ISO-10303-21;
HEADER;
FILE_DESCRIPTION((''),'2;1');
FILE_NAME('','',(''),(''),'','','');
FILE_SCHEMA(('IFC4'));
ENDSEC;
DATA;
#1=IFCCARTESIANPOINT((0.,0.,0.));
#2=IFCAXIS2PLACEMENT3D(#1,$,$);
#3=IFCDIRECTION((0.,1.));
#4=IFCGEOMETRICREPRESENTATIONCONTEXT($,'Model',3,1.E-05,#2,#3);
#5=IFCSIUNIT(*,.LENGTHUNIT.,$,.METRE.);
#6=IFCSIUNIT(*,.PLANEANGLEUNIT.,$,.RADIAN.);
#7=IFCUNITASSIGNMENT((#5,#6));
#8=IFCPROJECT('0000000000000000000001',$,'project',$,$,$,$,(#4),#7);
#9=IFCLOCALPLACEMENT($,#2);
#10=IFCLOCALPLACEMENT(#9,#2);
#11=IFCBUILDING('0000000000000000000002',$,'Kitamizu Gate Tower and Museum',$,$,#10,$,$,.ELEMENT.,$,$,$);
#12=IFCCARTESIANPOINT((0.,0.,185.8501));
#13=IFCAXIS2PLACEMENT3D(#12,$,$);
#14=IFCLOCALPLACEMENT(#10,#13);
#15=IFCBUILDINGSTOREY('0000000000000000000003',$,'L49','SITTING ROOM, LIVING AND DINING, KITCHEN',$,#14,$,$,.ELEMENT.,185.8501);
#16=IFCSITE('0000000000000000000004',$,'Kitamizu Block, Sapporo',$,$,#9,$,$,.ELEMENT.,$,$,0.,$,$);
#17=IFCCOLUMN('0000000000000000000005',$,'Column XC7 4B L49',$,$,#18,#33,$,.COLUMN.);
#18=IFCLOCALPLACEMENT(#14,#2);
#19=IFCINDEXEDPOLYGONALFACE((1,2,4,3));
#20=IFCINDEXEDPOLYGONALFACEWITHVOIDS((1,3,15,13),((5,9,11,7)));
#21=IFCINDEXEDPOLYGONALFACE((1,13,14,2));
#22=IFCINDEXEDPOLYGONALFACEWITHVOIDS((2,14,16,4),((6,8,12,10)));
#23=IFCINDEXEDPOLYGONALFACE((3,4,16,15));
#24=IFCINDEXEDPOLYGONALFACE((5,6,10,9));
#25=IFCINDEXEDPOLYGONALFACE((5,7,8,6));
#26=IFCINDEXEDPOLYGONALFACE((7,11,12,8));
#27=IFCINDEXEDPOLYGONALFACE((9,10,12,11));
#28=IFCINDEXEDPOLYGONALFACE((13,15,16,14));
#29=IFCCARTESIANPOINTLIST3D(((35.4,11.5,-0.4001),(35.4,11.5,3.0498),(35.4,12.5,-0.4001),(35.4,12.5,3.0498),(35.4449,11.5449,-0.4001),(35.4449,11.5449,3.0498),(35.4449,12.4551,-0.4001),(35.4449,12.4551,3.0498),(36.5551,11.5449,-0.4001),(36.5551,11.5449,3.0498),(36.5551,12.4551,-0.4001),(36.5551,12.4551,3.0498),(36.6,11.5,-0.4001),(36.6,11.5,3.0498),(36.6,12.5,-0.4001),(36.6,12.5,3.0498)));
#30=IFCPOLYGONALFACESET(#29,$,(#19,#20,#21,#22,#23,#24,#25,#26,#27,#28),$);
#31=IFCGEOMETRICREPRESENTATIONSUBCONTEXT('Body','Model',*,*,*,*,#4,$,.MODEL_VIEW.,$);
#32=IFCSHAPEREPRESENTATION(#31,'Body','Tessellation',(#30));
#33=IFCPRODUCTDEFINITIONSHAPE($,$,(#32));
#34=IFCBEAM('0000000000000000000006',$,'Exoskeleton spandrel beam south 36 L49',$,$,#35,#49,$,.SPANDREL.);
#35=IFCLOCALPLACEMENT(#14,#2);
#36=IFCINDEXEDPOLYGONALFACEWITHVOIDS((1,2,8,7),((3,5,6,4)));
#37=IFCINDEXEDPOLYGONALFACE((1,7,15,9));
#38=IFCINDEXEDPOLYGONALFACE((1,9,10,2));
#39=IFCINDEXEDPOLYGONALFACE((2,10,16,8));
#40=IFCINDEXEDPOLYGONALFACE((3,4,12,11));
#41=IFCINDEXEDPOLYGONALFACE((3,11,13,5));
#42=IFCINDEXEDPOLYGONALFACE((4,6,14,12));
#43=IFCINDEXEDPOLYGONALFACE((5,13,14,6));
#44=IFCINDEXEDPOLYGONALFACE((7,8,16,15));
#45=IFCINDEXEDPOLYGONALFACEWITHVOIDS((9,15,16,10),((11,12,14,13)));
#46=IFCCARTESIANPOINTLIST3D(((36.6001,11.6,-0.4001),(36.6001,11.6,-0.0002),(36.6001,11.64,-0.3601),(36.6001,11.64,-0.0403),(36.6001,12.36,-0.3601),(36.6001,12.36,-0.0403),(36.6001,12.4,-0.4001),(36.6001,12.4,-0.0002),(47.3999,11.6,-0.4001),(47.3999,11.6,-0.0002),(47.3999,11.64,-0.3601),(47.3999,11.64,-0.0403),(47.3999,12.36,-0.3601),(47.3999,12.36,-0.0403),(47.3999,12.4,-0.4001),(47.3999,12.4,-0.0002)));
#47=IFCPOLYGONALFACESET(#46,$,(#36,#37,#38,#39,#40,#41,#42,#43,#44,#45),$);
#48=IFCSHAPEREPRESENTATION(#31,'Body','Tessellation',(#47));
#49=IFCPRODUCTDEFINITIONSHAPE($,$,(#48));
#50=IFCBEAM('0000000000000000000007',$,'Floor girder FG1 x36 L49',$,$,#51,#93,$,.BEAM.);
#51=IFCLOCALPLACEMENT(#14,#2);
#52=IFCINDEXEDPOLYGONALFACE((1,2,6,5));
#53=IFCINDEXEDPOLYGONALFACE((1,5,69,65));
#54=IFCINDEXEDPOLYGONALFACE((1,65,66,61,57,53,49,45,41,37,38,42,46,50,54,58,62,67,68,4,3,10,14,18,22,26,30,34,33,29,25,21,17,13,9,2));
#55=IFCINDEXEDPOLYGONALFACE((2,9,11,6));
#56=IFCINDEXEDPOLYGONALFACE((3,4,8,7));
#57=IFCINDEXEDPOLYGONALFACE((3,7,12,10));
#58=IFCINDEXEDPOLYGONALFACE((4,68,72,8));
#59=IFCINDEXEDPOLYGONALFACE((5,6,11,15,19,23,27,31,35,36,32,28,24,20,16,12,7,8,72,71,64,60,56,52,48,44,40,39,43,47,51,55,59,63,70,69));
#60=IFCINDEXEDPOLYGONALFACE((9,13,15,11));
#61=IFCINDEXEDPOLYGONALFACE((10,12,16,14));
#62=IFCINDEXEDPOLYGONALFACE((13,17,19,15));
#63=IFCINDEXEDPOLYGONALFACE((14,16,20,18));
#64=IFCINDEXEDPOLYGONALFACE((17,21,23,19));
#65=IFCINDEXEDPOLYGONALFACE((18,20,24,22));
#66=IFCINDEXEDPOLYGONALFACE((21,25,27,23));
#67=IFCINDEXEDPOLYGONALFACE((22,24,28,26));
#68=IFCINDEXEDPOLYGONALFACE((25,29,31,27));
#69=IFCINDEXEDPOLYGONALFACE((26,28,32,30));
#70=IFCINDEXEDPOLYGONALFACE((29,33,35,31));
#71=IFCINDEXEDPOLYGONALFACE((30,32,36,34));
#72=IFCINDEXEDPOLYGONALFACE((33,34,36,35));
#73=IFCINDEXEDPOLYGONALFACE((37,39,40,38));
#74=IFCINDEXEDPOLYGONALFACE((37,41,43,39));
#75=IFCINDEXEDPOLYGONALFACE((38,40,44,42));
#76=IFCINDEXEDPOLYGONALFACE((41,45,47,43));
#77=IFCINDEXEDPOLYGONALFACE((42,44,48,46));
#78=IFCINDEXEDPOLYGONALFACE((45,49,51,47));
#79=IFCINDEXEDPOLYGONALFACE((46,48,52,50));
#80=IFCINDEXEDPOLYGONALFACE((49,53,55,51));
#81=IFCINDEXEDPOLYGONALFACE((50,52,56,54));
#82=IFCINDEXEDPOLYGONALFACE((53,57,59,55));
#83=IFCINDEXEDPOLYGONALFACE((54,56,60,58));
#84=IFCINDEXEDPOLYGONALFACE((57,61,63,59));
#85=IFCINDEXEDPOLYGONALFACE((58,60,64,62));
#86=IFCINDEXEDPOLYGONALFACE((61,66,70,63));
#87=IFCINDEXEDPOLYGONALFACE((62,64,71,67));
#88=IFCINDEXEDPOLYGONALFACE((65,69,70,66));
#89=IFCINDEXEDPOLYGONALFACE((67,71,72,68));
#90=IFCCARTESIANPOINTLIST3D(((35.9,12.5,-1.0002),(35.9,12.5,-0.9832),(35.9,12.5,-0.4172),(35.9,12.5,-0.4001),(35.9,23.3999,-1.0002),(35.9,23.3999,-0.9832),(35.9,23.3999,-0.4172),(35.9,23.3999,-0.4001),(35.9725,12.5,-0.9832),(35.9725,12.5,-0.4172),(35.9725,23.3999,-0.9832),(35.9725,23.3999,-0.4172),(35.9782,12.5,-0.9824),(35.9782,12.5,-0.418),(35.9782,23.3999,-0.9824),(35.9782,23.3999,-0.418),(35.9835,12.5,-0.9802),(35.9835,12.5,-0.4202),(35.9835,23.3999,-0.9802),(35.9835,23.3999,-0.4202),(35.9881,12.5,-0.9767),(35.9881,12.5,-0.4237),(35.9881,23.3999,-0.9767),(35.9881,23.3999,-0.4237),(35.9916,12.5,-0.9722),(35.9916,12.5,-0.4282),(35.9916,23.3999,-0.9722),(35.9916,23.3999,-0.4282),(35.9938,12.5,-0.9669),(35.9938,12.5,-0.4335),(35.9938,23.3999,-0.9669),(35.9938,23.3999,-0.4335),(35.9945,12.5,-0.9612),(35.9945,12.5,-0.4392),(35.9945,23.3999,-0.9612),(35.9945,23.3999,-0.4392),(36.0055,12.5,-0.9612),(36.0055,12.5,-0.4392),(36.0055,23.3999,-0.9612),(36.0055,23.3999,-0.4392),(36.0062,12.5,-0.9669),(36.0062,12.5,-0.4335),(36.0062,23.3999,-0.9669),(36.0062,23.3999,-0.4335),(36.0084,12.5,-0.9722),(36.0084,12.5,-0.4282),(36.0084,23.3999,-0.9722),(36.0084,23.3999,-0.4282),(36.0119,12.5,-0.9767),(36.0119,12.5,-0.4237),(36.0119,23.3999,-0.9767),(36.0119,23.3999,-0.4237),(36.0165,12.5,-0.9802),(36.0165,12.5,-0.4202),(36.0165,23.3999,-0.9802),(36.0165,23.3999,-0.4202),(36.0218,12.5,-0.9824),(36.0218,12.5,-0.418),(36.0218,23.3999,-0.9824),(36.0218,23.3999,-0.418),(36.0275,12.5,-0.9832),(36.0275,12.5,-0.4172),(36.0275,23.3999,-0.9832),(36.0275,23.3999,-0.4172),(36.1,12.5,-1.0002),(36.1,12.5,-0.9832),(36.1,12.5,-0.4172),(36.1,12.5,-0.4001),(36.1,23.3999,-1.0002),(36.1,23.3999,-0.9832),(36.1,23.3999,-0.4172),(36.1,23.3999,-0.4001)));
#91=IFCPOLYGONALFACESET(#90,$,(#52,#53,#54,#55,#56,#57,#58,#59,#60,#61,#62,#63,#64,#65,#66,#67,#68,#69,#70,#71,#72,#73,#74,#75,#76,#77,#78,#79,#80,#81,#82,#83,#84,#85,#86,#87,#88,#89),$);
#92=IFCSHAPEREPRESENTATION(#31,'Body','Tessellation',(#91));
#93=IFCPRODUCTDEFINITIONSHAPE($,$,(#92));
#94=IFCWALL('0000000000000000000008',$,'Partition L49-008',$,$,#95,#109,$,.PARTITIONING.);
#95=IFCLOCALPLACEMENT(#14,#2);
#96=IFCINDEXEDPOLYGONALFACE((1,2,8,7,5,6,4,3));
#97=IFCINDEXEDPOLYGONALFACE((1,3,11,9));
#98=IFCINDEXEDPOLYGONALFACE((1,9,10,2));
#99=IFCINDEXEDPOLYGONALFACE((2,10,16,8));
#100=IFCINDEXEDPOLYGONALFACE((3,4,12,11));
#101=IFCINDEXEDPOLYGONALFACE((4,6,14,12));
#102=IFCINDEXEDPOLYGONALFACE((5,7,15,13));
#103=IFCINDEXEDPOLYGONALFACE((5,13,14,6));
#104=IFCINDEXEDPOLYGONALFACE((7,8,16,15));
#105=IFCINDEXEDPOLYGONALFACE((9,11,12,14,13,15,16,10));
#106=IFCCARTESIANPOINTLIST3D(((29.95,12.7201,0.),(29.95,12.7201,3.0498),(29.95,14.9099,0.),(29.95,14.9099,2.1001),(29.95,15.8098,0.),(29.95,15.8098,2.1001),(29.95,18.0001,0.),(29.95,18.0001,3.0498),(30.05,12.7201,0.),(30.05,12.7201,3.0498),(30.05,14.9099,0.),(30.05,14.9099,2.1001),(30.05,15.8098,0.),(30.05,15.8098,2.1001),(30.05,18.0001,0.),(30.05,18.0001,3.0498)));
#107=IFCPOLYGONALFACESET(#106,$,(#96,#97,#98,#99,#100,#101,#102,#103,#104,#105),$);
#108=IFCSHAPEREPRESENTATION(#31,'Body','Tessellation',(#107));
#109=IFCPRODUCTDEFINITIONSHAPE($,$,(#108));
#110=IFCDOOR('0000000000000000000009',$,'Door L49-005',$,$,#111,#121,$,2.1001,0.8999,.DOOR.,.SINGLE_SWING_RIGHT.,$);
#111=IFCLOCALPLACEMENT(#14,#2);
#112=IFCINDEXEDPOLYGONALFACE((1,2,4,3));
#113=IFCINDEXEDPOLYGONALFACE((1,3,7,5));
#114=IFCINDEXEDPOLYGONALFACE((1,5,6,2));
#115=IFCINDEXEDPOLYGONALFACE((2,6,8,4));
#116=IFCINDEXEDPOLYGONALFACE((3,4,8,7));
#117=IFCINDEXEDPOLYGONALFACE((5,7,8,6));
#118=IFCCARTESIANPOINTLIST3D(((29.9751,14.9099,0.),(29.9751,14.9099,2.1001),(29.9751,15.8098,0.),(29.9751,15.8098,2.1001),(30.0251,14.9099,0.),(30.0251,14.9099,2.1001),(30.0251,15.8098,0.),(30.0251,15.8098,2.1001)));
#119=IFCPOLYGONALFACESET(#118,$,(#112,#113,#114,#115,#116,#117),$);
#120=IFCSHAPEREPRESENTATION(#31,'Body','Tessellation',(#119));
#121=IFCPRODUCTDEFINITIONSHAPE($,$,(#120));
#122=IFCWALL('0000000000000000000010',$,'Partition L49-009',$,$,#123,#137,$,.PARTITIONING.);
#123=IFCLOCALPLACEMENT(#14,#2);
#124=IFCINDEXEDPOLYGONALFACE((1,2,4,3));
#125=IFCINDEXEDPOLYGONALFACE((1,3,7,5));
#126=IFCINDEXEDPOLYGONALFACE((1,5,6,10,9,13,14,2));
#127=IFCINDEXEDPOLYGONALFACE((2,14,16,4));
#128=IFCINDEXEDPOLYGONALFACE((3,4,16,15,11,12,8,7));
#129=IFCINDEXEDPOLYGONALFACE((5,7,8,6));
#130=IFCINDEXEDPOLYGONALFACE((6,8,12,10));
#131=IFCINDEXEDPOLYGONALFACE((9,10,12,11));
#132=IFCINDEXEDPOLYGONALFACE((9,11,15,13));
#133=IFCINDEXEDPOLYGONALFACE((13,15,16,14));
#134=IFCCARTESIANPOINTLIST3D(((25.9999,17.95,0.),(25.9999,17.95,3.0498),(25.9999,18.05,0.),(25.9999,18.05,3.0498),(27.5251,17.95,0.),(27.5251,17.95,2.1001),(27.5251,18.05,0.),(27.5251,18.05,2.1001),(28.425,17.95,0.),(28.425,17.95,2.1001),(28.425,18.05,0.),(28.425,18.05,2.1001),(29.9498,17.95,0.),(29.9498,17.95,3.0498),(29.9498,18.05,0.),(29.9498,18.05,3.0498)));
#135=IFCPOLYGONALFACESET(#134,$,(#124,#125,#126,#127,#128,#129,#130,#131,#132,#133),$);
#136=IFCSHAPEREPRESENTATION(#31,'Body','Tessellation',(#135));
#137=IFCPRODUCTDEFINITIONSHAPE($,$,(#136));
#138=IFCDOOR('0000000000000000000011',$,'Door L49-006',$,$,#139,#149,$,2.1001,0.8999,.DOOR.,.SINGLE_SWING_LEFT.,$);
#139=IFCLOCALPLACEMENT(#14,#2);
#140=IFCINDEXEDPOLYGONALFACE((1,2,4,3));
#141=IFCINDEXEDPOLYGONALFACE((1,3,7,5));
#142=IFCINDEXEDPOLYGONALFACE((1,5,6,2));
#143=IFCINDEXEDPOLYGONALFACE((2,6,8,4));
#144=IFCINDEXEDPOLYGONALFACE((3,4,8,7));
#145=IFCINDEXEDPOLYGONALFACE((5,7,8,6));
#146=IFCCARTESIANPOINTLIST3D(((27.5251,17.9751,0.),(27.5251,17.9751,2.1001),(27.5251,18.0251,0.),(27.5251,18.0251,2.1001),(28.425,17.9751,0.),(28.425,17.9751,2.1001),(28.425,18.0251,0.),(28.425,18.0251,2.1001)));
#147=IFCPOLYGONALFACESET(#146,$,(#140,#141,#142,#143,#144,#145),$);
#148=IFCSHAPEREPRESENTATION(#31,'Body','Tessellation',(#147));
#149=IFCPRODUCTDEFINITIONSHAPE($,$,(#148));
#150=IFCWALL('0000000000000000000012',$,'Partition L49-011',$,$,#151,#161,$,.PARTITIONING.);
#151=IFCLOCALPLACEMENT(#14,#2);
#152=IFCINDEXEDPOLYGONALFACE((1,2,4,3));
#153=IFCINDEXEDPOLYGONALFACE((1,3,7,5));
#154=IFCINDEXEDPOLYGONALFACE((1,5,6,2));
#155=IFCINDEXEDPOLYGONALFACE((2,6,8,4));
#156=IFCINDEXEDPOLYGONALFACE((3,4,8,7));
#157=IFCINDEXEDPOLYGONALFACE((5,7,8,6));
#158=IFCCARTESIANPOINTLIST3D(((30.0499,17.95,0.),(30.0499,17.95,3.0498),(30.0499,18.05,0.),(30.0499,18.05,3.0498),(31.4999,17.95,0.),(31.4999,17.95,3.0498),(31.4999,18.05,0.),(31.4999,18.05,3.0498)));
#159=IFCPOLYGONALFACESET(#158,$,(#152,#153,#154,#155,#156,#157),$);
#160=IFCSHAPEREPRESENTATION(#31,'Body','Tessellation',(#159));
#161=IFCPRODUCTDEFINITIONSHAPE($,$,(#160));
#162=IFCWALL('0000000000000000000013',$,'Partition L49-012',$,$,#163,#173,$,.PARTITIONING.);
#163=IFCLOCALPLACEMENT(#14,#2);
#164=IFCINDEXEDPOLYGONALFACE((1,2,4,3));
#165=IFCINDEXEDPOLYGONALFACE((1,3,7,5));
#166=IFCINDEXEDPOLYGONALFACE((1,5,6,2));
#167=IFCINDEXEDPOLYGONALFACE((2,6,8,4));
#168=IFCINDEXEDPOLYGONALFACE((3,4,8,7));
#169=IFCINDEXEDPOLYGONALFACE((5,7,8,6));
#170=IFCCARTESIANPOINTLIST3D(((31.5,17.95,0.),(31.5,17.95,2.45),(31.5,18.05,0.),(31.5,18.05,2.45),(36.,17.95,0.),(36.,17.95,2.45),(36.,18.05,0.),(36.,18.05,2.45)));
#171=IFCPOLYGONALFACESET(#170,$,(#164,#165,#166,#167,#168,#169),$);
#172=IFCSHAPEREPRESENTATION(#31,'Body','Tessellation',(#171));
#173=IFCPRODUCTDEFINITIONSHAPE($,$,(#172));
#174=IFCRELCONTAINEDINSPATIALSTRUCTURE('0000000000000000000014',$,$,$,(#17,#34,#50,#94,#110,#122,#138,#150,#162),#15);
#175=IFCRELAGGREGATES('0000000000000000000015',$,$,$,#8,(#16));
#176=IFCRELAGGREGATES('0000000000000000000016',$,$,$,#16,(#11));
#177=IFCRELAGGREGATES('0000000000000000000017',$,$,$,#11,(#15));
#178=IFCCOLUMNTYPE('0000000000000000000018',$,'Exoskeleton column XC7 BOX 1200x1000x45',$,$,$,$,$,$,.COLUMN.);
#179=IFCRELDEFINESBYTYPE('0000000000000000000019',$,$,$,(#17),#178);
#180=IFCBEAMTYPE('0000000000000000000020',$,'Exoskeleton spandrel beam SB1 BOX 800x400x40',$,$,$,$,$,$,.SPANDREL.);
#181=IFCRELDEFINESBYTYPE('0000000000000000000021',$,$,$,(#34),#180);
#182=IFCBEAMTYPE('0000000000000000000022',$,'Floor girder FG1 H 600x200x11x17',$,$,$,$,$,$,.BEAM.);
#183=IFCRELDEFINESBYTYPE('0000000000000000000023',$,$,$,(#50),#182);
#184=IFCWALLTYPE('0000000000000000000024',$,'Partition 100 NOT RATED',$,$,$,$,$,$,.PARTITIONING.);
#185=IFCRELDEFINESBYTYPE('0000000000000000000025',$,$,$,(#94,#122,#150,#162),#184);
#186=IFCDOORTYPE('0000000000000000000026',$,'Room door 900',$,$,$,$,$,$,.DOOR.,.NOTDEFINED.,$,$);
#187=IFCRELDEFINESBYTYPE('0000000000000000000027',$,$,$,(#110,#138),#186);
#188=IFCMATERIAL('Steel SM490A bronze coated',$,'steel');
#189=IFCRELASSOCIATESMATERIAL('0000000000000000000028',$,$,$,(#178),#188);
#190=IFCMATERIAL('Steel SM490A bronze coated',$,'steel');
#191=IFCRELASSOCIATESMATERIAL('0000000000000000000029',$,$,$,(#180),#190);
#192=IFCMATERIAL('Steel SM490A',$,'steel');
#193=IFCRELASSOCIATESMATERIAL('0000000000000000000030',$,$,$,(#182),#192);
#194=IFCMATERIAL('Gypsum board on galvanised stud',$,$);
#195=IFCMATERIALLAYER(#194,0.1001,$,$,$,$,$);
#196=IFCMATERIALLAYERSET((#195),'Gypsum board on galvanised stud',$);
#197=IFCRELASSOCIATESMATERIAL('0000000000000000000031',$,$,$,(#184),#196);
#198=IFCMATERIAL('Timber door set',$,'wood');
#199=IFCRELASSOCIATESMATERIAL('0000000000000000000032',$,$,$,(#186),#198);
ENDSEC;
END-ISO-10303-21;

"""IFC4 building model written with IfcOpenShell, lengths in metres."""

from ifc_helpers import new_model, si_unit, direction, frame, frame_2d, origin, origin_2d, place, context, subcontext, project, spatial, rectangle, hollow_rectangle, i_section, extrude, material, layer, layer_set, material_profile, profile_set, type_object, element, fill, save


model = new_model("IFC4")

# Units and contexts
model_context = context("Model", 3, precision=1e-05, world=origin(), true_north=direction((0.0, 1.0)))
body_context = subcontext(model_context, "Body", "Model", "MODEL_VIEW")
ifc_project = project(units=[si_unit("LENGTHUNIT", "METRE"), si_unit("PLANEANGLEUNIT", "RADIAN")], contexts=[model_context])

# Site, building, storey
site_placement = place(None, origin())
site = spatial("IfcSite", under=ifc_project, at=site_placement, Name="Kitamizu Block, Sapporo", CompositionType="ELEMENT", RefElevation=0.0)
building_placement = place(site_placement, origin())
building = spatial("IfcBuilding", under=site, at=building_placement, Name="Kitamizu Gate Tower and Museum", CompositionType="ELEMENT")
storey_placement = place(building_placement, frame((0.0, 0.0, 185.8501)))
storey = spatial("IfcBuildingStorey", under=building, at=storey_placement, Name="L49", Description="SITTING ROOM, LIVING AND DINING, KITCHEN", CompositionType="ELEMENT", Elevation=185.8501)

# Column
ifc_material_1 = material(Name="Steel SM490A bronze coated", Category="steel")
ifc_material_profile_1 = material_profile(ifc_material_1, hollow_rectangle(XDim=1.2, YDim=1.0, WallThickness=0.0449, at=origin_2d()), Name="BOX 1200x1000x45")
ifc_profile_set_1 = profile_set([ifc_material_profile_1], Name="Steel SM490A bronze coated")
column_type = type_object("IfcColumnType", Name="Exoskeleton column XC7 BOX 1200x1000x45", PredefinedType="COLUMN", material=ifc_profile_set_1)
column_placement = place(storey_placement, frame((36.0, 12.0, -0.4001), z_axis=(0.0, 0.0, 1.0), x_axis=(1.0, 0.0, 0.0)))
element("IfcColumn", 1, at=column_placement, inside=storey, type_object=column_type, Name="Column XC7 4B L49", PredefinedType="COLUMN", context=body_context, shape_type="SweptSolid", body=[
    extrude(hollow_rectangle(XDim=1.2, YDim=1.0, WallThickness=0.0449, at=origin_2d()), origin(), (0.0, 0.0, 1.0), 3.45),
])

# Beams
ifc_material_2 = material(Name="Steel SM490A bronze coated", Category="steel")
ifc_material_profile_2 = material_profile(ifc_material_2, hollow_rectangle(XDim=0.8, YDim=0.3999, WallThickness=0.04, at=origin_2d()), Name="BOX 800x400x40")
ifc_profile_set_2 = profile_set([ifc_material_profile_2], Name="Steel SM490A bronze coated")
beam_type_1 = type_object("IfcBeamType", Name="Exoskeleton spandrel beam SB1 BOX 800x400x40", PredefinedType="SPANDREL", material=ifc_profile_set_2)
beam_1_placement = place(storey_placement, frame((36.6001, 12.0, -0.2002), z_axis=(1.0, 0.0, 0.0), x_axis=(0.0, 1.0, 0.0)))
element("IfcBeam", 2, at=beam_1_placement, inside=storey, type_object=beam_type_1, Name="Exoskeleton spandrel beam south 36 L49", PredefinedType="SPANDREL", context=body_context, shape_type="SweptSolid", body=[
    extrude(hollow_rectangle(XDim=0.8, YDim=0.3999, WallThickness=0.04, at=origin_2d()), origin(), (0.0, 0.0, 1.0), 10.7998),
])
ifc_material_3 = material(Name="Steel SM490A", Category="steel")
ifc_material_profile_3 = material_profile(ifc_material_3, i_section(OverallWidth=0.2, OverallDepth=0.6001, WebThickness=0.011, FlangeThickness=0.0171, FilletRadius=0.022, at=origin_2d()), Name="H-600x200x11x17")
ifc_profile_set_3 = profile_set([ifc_material_profile_3], Name="Steel SM490A")
beam_type_2 = type_object("IfcBeamType", Name="Floor girder FG1 H 600x200x11x17", PredefinedType="BEAM", material=ifc_profile_set_3)
beam_2_placement = place(storey_placement, frame((36.0, 12.5, -0.7002), z_axis=(0.0, 1.0, 0.0), x_axis=(-1.0, 0.0, 0.0)))
element("IfcBeam", 3, at=beam_2_placement, inside=storey, type_object=beam_type_2, Name="Floor girder FG1 x36 L49", PredefinedType="BEAM", context=body_context, shape_type="SweptSolid", body=[
    extrude(i_section(OverallWidth=0.2, OverallDepth=0.6001, WebThickness=0.011, FlangeThickness=0.0171, FilletRadius=0.022, at=origin_2d()), origin(), (0.0, 0.0, 1.0), 10.8999),
])

# Walls, openings, doors
ifc_material_4 = material(Name="Gypsum board on galvanised stud")
ifc_layer_1 = layer(ifc_material_4, 0.1001)
ifc_layer_set_1 = layer_set([ifc_layer_1], Name="Gypsum board on galvanised stud")
wall_type_1 = type_object("IfcWallType", Name="Partition 100 NOT RATED", PredefinedType="PARTITIONING", material=ifc_layer_set_1)
wall_1_placement = place(storey_placement, frame((30.0, 12.72, 0.0), z_axis=(0.0, 0.0, 1.0), x_axis=(0.0, 1.0, 0.0)))
wall_1 = element("IfcWall", 4, at=wall_1_placement, inside=storey, type_object=wall_type_1, Name="Partition L49-008", PredefinedType="PARTITIONING", context=body_context, shape_type="SweptSolid", body=[
    extrude(rectangle(XDim=5.28, YDim=0.1001, at=frame_2d((2.6401, 0.0))), origin(), (0.0, 0.0, 1.0), 3.0498),
])
opening_1_placement = place(wall_1_placement, frame((2.1899, 0.0, 0.0)))
opening_1 = element("IfcOpeningElement", 5, at=opening_1_placement, cuts=wall_1, PredefinedType="OPENING", context=body_context, shape_type="SweptSolid", body=[
    extrude(rectangle(XDim=0.8999, YDim=2.1001, at=frame_2d((0.45, 1.05))), frame((0.0, 0.0601, 0.0), z_axis=(0.0, -1.0, 0.0), x_axis=(1.0, 0.0, 0.0)), (0.0, 0.0, 1.0), 0.1201),
])
ifc_material_5 = material(Name="Timber door set", Category="wood")
door_type_1 = type_object("IfcDoorType", Name="Room door 900", OperationType="NOTDEFINED", PredefinedType="DOOR", material=ifc_material_5)
door_1_placement = place(opening_1_placement, origin())
door_1 = element("IfcDoor", 6, at=door_1_placement, inside=storey, type_object=door_type_1, Name="Door L49-005", OperationType="SINGLE_SWING_RIGHT", OverallHeight=2.1001, OverallWidth=0.8999, PredefinedType="DOOR", context=body_context, shape_type="SweptSolid", body=[
    extrude(rectangle(XDim=0.8999, YDim=2.1001, at=frame_2d((0.45, 1.05))), frame((0.0, 0.0249, 0.0), z_axis=(0.0, -1.0, 0.0), x_axis=(1.0, 0.0, 0.0)), (0.0, 0.0, 1.0), 0.05),
])
fill(opening_1, door_1)
wall_2_placement = place(storey_placement, frame((29.95, 18.0, 0.0), z_axis=(0.0, 0.0, 1.0), x_axis=(-1.0, 0.0, 0.0)))
wall_2 = element("IfcWall", 7, at=wall_2_placement, inside=storey, type_object=wall_type_1, Name="Partition L49-009", PredefinedType="PARTITIONING", context=body_context, shape_type="SweptSolid", body=[
    extrude(rectangle(XDim=3.95, YDim=0.1001, at=frame_2d((1.9751, 0.0))), origin(), (0.0, 0.0, 1.0), 3.0498),
])
opening_2_placement = place(wall_2_placement, frame((1.5249, 0.0, 0.0)))
opening_2 = element("IfcOpeningElement", 8, at=opening_2_placement, cuts=wall_2, PredefinedType="OPENING", context=body_context, shape_type="SweptSolid", body=[
    extrude(rectangle(XDim=0.8999, YDim=2.1001, at=frame_2d((0.45, 1.05))), frame((0.0, 0.0601, 0.0), z_axis=(0.0, -1.0, 0.0), x_axis=(1.0, 0.0, 0.0)), (0.0, 0.0, 1.0), 0.1201),
])
door_2_placement = place(opening_2_placement, origin())
door_2 = element("IfcDoor", 9, at=door_2_placement, inside=storey, type_object=door_type_1, Name="Door L49-006", OperationType="SINGLE_SWING_LEFT", OverallHeight=2.1001, OverallWidth=0.8999, PredefinedType="DOOR", context=body_context, shape_type="SweptSolid", body=[
    extrude(rectangle(XDim=0.8999, YDim=2.1001, at=frame_2d((0.45, 1.05))), frame((0.0, 0.0249, 0.0), z_axis=(0.0, -1.0, 0.0), x_axis=(1.0, 0.0, 0.0)), (0.0, 0.0, 1.0), 0.05),
])
fill(opening_2, door_2)

# Walls
wall_3_placement = place(storey_placement, frame((31.5, 18.0, 0.0), z_axis=(0.0, 0.0, 1.0), x_axis=(-1.0, 0.0, 0.0)))
element("IfcWall", 10, at=wall_3_placement, inside=storey, type_object=wall_type_1, Name="Partition L49-011", PredefinedType="PARTITIONING", context=body_context, shape_type="SweptSolid", body=[
    extrude(rectangle(XDim=1.45, YDim=0.1001, at=frame_2d((0.7251, 0.0))), origin(), (0.0, 0.0, 1.0), 3.0498),
])
wall_4_placement = place(storey_placement, frame((36.0, 18.0, 0.0), z_axis=(0.0, 0.0, 1.0), x_axis=(-1.0, 0.0, 0.0)))
element("IfcWall", 11, at=wall_4_placement, inside=storey, type_object=wall_type_1, Name="Partition L49-012", PredefinedType="PARTITIONING", context=body_context, shape_type="SweptSolid", body=[
    extrude(rectangle(XDim=4.5, YDim=0.1001, at=frame_2d((2.25, 0.0))), origin(), (0.0, 0.0, 1.0), 2.45),
])

save(model, "model.ifc")
